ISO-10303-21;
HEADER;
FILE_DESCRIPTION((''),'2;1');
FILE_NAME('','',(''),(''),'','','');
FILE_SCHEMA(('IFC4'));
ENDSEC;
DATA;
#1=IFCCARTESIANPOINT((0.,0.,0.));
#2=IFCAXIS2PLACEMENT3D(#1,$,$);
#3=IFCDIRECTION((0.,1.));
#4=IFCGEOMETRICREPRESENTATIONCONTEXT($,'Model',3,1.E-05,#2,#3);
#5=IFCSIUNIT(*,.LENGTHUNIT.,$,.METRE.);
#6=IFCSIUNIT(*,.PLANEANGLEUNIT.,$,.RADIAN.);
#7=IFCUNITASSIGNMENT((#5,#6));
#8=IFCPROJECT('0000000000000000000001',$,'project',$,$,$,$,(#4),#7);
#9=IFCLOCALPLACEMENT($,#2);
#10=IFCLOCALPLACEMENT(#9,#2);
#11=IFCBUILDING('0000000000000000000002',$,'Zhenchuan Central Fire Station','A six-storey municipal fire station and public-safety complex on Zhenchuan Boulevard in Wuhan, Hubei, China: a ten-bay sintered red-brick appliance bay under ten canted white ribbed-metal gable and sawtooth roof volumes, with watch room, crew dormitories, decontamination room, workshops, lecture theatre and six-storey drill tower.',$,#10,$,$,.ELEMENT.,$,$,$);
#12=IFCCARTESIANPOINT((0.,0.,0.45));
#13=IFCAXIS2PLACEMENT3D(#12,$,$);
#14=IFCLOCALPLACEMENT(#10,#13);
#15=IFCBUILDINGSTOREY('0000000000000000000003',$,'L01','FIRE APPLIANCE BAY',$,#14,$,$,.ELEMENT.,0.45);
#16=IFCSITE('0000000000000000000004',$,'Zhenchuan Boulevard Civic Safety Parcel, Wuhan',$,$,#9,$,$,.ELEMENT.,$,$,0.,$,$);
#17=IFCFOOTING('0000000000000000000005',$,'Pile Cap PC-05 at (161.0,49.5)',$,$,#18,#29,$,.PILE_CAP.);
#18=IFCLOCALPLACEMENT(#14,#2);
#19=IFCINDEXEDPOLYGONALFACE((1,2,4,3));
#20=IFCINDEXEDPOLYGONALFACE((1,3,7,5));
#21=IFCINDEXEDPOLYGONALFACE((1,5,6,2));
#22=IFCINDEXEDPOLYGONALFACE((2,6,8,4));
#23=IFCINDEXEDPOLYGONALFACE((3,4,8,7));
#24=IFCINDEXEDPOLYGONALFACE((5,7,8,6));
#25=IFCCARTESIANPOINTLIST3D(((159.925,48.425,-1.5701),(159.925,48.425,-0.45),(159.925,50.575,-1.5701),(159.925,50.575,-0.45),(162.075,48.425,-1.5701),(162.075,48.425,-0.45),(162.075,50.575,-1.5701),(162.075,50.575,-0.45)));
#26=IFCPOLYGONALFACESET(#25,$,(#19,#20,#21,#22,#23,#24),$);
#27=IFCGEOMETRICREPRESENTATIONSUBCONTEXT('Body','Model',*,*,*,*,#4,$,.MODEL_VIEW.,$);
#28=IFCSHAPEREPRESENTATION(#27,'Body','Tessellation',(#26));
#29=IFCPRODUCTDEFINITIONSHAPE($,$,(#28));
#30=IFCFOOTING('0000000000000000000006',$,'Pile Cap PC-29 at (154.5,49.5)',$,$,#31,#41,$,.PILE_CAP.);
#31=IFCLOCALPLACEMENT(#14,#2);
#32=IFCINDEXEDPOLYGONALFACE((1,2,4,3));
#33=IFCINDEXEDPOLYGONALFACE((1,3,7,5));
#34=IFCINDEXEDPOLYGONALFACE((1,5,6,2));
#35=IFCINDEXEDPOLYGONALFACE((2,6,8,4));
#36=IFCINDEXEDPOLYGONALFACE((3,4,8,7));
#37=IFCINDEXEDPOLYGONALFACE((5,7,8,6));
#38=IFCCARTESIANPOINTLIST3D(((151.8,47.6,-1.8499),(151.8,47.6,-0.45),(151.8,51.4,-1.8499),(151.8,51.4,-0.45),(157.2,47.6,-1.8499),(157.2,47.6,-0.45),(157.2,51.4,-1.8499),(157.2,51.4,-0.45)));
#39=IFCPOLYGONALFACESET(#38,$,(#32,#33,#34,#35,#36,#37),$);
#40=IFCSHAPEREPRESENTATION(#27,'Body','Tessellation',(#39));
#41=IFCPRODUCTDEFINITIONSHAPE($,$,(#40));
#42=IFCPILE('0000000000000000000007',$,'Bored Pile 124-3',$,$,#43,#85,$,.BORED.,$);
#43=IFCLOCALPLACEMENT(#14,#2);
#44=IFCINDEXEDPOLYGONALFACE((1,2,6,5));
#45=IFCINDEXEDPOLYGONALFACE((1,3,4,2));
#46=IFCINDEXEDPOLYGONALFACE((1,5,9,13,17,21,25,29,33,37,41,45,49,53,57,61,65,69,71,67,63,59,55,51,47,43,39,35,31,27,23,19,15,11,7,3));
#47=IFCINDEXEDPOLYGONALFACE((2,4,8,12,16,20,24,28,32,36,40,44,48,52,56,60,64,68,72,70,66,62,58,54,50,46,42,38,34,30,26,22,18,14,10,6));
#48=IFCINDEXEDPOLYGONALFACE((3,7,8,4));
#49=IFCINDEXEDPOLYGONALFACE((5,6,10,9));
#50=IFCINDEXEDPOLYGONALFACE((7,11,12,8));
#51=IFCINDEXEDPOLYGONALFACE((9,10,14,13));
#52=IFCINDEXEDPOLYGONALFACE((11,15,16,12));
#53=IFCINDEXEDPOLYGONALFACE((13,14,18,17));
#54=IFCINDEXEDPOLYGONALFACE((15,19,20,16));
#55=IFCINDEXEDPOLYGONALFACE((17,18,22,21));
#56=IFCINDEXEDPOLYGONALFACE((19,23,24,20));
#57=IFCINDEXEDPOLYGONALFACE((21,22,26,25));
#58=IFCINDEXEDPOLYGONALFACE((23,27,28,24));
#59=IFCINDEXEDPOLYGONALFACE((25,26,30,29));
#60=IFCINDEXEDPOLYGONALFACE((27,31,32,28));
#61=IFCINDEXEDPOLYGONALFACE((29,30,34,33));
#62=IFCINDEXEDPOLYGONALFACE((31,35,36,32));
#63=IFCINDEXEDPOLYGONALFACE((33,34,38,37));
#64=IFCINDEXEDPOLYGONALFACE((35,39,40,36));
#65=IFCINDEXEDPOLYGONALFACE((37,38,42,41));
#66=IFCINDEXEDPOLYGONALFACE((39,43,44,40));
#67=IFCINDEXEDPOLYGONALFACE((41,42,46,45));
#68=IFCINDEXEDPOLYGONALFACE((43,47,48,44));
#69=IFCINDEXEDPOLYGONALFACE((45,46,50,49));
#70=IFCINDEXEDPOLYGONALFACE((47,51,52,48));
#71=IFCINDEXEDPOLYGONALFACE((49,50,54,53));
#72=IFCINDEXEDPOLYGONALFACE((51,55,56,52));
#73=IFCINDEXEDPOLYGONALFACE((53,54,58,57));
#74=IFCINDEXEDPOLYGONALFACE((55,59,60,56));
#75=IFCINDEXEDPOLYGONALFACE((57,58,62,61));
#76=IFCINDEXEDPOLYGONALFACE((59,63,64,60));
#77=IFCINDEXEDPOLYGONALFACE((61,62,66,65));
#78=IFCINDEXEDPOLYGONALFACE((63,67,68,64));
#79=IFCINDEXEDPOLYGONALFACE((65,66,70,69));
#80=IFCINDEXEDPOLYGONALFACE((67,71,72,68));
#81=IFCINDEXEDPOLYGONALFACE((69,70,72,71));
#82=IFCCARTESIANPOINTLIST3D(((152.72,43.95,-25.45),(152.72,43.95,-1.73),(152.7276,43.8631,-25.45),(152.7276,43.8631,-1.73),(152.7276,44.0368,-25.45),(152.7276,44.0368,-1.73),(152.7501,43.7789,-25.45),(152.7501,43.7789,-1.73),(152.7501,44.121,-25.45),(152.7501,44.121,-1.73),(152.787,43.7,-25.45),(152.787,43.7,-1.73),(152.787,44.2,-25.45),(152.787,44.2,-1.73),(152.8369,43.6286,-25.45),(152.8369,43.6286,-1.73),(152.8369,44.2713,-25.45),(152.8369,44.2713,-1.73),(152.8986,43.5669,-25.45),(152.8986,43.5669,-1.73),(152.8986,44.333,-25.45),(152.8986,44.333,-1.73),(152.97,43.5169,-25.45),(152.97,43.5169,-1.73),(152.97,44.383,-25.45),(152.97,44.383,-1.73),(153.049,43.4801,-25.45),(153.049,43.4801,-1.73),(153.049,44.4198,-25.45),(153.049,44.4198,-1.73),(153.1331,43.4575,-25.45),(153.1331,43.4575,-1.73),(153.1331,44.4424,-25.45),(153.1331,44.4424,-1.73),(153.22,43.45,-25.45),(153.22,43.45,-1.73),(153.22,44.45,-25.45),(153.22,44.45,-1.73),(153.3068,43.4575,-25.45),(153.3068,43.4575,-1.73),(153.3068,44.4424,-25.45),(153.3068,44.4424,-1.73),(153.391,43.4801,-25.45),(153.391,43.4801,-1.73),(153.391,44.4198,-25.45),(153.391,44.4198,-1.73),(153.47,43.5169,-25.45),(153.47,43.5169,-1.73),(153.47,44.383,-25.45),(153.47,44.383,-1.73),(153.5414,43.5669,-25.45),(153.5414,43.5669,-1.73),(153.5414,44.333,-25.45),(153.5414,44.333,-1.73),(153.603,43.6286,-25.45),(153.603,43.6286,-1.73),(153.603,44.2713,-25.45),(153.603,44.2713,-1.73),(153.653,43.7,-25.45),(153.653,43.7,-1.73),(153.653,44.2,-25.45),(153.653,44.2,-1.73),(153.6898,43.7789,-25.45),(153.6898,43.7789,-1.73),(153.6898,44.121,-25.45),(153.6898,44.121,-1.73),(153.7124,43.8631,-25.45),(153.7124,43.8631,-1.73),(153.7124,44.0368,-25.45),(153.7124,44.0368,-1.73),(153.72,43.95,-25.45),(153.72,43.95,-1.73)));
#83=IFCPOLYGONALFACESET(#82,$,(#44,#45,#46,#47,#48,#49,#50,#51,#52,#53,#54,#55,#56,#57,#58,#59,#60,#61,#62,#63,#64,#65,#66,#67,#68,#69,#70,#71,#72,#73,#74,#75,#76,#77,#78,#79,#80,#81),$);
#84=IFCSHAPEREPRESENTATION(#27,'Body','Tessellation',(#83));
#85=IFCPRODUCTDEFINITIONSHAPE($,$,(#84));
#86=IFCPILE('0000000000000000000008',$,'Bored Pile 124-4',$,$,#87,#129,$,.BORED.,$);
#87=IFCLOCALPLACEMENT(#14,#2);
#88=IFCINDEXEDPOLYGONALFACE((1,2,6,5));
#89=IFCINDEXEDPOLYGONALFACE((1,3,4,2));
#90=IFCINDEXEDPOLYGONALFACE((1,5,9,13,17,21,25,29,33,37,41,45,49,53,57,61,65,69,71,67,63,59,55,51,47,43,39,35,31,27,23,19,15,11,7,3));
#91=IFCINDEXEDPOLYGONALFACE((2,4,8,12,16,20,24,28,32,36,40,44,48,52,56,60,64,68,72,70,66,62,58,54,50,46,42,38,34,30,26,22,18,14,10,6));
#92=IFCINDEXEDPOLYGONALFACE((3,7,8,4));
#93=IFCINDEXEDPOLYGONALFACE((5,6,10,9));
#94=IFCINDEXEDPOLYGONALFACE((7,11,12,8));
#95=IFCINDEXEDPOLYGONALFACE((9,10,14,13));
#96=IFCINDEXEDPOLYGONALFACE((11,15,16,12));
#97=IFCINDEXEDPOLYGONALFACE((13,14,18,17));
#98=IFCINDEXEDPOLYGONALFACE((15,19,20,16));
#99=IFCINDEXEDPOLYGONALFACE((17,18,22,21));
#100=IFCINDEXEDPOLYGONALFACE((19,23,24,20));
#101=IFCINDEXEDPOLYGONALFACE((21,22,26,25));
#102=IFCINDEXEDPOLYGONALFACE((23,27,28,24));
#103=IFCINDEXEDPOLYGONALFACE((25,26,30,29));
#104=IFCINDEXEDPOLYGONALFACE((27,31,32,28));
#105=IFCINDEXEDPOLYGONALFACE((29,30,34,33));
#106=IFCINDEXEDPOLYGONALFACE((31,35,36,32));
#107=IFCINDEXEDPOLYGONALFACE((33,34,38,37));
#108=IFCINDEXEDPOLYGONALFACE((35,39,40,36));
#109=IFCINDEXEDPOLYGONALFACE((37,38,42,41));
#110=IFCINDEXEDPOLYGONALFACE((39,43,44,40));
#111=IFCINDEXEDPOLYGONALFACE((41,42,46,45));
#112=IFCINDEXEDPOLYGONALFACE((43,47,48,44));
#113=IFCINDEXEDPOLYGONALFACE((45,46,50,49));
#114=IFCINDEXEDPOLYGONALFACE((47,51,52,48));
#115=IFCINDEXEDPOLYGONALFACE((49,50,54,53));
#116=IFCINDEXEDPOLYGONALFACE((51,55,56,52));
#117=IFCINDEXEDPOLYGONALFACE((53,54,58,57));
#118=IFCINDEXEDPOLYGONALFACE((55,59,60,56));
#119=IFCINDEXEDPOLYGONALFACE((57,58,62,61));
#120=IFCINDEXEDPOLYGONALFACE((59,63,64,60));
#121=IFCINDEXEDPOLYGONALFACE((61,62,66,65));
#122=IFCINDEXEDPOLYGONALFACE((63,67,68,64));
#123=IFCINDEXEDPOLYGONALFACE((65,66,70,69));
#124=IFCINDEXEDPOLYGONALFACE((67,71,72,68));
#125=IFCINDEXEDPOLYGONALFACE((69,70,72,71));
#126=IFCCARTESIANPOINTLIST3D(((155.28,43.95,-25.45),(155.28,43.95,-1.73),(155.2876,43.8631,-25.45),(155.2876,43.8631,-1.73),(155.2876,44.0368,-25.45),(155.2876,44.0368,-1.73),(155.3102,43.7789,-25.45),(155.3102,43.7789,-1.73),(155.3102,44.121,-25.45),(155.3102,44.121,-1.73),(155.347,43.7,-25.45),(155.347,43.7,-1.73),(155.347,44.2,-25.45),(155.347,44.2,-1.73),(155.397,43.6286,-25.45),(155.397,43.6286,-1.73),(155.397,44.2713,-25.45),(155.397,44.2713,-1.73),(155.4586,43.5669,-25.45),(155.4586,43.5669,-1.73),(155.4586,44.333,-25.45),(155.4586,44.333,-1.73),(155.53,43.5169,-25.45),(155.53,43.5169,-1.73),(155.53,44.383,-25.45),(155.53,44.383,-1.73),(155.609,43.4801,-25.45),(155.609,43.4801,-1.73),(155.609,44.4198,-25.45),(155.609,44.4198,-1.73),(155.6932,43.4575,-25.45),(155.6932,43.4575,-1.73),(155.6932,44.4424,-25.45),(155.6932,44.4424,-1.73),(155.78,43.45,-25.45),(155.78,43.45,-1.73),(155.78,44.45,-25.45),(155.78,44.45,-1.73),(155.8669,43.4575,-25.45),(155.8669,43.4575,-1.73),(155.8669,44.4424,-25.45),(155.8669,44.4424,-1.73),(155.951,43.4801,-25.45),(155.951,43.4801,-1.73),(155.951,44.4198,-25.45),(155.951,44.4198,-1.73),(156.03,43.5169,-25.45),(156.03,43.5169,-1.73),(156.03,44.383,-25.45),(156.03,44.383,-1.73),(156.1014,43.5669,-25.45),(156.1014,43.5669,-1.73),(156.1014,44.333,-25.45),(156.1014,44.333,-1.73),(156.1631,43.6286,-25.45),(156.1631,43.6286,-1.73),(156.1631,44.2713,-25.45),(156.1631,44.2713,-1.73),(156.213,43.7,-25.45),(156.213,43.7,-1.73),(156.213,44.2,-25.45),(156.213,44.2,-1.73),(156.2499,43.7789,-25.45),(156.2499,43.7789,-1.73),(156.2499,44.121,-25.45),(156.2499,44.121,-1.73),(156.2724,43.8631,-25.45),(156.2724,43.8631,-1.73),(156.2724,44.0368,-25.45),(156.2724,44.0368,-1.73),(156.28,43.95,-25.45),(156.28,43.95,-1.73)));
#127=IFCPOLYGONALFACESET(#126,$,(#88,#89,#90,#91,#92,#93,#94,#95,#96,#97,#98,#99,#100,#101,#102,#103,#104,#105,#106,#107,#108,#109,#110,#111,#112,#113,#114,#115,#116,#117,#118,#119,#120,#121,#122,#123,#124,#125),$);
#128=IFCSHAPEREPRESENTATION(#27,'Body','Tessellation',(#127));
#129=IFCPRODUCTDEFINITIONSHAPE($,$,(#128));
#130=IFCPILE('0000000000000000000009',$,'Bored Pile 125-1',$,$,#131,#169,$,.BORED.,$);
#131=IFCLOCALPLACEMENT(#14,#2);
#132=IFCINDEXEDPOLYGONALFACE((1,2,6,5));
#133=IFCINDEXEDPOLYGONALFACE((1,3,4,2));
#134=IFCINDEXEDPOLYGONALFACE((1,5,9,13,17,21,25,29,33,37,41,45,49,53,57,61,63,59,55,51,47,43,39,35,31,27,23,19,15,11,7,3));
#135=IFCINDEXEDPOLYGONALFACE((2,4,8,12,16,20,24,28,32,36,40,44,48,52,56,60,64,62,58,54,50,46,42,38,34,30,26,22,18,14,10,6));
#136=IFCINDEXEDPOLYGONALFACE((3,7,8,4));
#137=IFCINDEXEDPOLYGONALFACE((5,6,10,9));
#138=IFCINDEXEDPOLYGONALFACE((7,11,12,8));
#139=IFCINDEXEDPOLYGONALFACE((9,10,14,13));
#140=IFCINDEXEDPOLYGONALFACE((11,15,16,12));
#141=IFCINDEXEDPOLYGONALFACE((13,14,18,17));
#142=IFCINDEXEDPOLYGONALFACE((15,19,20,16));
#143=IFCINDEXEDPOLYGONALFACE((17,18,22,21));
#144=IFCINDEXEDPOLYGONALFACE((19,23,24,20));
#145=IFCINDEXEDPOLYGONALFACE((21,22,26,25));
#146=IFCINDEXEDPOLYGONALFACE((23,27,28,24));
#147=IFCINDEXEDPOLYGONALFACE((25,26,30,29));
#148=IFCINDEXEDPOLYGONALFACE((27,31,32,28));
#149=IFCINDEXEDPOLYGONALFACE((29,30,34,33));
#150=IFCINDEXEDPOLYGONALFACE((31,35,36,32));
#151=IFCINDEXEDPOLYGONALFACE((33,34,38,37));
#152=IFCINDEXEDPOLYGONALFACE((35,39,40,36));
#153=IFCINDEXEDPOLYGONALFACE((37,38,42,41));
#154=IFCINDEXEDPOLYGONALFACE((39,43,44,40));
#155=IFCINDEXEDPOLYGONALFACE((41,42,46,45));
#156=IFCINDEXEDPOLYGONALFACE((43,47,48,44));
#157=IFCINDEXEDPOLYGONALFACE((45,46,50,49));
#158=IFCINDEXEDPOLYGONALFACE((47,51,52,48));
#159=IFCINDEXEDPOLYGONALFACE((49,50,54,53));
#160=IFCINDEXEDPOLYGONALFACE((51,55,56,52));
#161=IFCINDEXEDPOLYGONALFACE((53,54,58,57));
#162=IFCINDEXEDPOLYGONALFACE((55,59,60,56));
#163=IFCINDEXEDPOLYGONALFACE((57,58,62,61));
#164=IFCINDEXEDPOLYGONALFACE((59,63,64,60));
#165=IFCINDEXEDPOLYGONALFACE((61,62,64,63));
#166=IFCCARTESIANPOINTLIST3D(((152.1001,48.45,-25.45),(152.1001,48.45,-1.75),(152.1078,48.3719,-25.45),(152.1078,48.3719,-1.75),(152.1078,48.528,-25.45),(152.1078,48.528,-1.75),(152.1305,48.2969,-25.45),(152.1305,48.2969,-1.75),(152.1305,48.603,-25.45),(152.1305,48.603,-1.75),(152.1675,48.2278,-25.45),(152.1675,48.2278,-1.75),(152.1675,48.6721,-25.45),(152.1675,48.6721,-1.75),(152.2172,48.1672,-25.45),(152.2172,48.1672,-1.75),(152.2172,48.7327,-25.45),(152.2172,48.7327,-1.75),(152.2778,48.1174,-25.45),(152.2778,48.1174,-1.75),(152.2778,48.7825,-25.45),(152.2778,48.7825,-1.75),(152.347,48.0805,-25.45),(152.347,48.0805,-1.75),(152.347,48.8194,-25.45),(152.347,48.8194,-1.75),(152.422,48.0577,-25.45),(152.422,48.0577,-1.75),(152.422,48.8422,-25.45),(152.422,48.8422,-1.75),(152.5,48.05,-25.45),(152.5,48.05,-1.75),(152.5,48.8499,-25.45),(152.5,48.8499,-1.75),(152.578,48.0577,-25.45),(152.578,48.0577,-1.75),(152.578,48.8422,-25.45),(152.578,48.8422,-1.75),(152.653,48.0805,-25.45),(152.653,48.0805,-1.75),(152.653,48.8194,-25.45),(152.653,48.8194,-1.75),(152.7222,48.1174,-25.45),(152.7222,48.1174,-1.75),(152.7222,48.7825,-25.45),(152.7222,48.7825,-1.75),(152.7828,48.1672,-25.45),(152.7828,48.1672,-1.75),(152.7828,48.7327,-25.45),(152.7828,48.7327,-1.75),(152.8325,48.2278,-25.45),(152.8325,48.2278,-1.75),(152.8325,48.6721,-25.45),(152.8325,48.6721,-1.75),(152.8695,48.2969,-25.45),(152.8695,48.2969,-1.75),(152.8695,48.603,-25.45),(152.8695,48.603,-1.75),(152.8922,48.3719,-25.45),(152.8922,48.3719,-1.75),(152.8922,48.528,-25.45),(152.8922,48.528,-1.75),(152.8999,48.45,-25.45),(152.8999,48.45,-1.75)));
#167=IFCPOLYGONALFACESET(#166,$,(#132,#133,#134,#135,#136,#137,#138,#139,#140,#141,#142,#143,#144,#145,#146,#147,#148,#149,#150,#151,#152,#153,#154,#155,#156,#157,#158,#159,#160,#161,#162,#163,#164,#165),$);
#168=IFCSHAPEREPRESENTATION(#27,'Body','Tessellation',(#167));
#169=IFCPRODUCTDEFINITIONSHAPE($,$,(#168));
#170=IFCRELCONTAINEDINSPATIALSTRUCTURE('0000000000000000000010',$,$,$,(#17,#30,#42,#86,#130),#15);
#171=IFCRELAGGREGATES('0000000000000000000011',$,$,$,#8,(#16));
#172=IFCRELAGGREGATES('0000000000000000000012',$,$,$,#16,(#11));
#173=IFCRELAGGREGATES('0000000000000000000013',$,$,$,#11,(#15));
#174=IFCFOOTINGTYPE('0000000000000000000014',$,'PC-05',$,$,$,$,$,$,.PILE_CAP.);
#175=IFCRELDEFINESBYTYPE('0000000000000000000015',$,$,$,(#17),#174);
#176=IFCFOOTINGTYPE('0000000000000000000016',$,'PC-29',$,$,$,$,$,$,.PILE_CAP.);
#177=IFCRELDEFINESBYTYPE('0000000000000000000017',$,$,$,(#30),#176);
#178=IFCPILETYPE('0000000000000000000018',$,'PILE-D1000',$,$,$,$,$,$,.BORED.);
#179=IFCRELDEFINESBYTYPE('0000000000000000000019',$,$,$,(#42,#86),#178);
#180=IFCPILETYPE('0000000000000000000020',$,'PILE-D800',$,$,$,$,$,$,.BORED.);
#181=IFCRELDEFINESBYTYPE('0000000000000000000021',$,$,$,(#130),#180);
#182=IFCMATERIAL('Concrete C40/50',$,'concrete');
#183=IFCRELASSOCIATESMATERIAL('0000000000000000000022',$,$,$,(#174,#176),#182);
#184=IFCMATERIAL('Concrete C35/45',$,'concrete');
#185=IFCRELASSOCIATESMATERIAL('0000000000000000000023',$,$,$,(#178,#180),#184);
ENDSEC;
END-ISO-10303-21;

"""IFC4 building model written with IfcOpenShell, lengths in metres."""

from ifc_helpers import new_model, si_unit, direction, frame, origin, origin_2d, place, context, subcontext, project, spatial, rectangle, circle, extrude, material, material_profile, profile_set, type_object, element, save


model = new_model("IFC4")

# Units and contexts
model_context = context("Model", 3, precision=1e-05, world=origin(), true_north=direction((0.0, 1.0)))
body_context = subcontext(model_context, "Body", "Model", "MODEL_VIEW")
ifc_project = project(units=[si_unit("LENGTHUNIT", "METRE"), si_unit("PLANEANGLEUNIT", "RADIAN")], contexts=[model_context])

# Site, building, storey
site_placement = place(None, origin())
site = spatial("IfcSite", under=ifc_project, at=site_placement, Name="Zhenchuan Boulevard Civic Safety Parcel, Wuhan", CompositionType="ELEMENT", RefElevation=0.0)
building_placement = place(site_placement, origin())
building = spatial("IfcBuilding", under=site, at=building_placement, Name="Zhenchuan Central Fire Station", Description="A six-storey municipal fire station and public-safety complex on Zhenchuan Boulevard in Wuhan, Hubei, China: a ten-bay sintered red-brick appliance bay under ten canted white ribbed-metal gable and sawtooth roof volumes, with watch room, crew dormitories, decontamination room, workshops, lecture theatre and six-storey drill tower.", CompositionType="ELEMENT")
storey_placement = place(building_placement, frame((0.0, 0.0, 0.45)))
storey = spatial("IfcBuildingStorey", under=building, at=storey_placement, Name="L01", Description="FIRE APPLIANCE BAY", CompositionType="ELEMENT", Elevation=0.45)

# Footings
ifc_material_1 = material(Name="Concrete C40/50", Category="concrete")
footing_type_1 = type_object("IfcFootingType", Name="PC-05", PredefinedType="PILE_CAP", material=ifc_material_1)
footing_1_placement = place(storey_placement, frame((161.0, 49.5, -1.5701), z_axis=(0.0, 0.0, 1.0), x_axis=(1.0, 0.0, 0.0)))
element("IfcFooting", 1, at=footing_1_placement, inside=storey, type_object=footing_type_1, Name="Pile Cap PC-05 at (161.0,49.5)", PredefinedType="PILE_CAP", context=body_context, shape_type="SweptSolid", body=[
    extrude(rectangle(XDim=2.1499, YDim=2.1499, at=origin_2d()), origin(), (0.0, 0.0, 1.0), 1.1201),
])
footing_type_2 = type_object("IfcFootingType", Name="PC-29", PredefinedType="PILE_CAP", material=ifc_material_1)
footing_2_placement = place(storey_placement, frame((154.5, 49.5, -1.8499), z_axis=(0.0, 0.0, 1.0), x_axis=(1.0, 0.0, 0.0)))
element("IfcFooting", 2, at=footing_2_placement, inside=storey, type_object=footing_type_2, Name="Pile Cap PC-29 at (154.5,49.5)", PredefinedType="PILE_CAP", context=body_context, shape_type="SweptSolid", body=[
    extrude(rectangle(XDim=5.3999, YDim=3.8, at=origin_2d()), origin(), (0.0, 0.0, 1.0), 1.3999),
])

# Piles
ifc_material_2 = material(Name="Concrete C35/45", Category="concrete")
ifc_material_profile_1 = material_profile(ifc_material_2, circle(Radius=0.5, at=origin_2d()), Name="PILE D1000")
ifc_profile_set_1 = profile_set([ifc_material_profile_1], Name="Concrete C35/45")
pile_type_1 = type_object("IfcPileType", Name="PILE-D1000", PredefinedType="BORED", material=ifc_profile_set_1)
for number, where, z_axis, x_axis, name in (
    (3, (153.22, 43.95, -1.73), (0.0, 0.0, -1.0), (1.0, 0.0, 0.0), "Bored Pile 124-3"),
    (4, (155.78, 43.95, -1.73), (0.0, 0.0, -1.0), (1.0, 0.0, 0.0), "Bored Pile 124-4"),
):
    element("IfcPile", number, at=place(storey_placement, frame(where, z_axis=z_axis, x_axis=x_axis)), inside=storey, type_object=pile_type_1, Name=name, PredefinedType="BORED", context=body_context, shape_type="SweptSolid", body=[
        extrude(circle(Radius=0.5, at=origin_2d()), origin(), (0.0, 0.0, 1.0), 23.72),
    ])
ifc_material_profile_2 = material_profile(ifc_material_2, circle(Radius=0.3999, at=origin_2d()), Name="PILE D800")
ifc_profile_set_2 = profile_set([ifc_material_profile_2], Name="Concrete C35/45")
pile_type_2 = type_object("IfcPileType", Name="PILE-D800", PredefinedType="BORED", material=ifc_profile_set_2)
for number, where, z_axis, x_axis, name in (
    (5, (152.5, 48.45, -1.75), (0.0, 0.0, -1.0), (1.0, 0.0, 0.0), "Bored Pile 125-1"),
):
    element("IfcPile", number, at=place(storey_placement, frame(where, z_axis=z_axis, x_axis=x_axis)), inside=storey, type_object=pile_type_2, Name=name, PredefinedType="BORED", context=body_context, shape_type="SweptSolid", body=[
        extrude(circle(Radius=0.3999, at=origin_2d()), origin(), (0.0, 0.0, 1.0), 23.7),
    ])

save(model, "model.ifc")
